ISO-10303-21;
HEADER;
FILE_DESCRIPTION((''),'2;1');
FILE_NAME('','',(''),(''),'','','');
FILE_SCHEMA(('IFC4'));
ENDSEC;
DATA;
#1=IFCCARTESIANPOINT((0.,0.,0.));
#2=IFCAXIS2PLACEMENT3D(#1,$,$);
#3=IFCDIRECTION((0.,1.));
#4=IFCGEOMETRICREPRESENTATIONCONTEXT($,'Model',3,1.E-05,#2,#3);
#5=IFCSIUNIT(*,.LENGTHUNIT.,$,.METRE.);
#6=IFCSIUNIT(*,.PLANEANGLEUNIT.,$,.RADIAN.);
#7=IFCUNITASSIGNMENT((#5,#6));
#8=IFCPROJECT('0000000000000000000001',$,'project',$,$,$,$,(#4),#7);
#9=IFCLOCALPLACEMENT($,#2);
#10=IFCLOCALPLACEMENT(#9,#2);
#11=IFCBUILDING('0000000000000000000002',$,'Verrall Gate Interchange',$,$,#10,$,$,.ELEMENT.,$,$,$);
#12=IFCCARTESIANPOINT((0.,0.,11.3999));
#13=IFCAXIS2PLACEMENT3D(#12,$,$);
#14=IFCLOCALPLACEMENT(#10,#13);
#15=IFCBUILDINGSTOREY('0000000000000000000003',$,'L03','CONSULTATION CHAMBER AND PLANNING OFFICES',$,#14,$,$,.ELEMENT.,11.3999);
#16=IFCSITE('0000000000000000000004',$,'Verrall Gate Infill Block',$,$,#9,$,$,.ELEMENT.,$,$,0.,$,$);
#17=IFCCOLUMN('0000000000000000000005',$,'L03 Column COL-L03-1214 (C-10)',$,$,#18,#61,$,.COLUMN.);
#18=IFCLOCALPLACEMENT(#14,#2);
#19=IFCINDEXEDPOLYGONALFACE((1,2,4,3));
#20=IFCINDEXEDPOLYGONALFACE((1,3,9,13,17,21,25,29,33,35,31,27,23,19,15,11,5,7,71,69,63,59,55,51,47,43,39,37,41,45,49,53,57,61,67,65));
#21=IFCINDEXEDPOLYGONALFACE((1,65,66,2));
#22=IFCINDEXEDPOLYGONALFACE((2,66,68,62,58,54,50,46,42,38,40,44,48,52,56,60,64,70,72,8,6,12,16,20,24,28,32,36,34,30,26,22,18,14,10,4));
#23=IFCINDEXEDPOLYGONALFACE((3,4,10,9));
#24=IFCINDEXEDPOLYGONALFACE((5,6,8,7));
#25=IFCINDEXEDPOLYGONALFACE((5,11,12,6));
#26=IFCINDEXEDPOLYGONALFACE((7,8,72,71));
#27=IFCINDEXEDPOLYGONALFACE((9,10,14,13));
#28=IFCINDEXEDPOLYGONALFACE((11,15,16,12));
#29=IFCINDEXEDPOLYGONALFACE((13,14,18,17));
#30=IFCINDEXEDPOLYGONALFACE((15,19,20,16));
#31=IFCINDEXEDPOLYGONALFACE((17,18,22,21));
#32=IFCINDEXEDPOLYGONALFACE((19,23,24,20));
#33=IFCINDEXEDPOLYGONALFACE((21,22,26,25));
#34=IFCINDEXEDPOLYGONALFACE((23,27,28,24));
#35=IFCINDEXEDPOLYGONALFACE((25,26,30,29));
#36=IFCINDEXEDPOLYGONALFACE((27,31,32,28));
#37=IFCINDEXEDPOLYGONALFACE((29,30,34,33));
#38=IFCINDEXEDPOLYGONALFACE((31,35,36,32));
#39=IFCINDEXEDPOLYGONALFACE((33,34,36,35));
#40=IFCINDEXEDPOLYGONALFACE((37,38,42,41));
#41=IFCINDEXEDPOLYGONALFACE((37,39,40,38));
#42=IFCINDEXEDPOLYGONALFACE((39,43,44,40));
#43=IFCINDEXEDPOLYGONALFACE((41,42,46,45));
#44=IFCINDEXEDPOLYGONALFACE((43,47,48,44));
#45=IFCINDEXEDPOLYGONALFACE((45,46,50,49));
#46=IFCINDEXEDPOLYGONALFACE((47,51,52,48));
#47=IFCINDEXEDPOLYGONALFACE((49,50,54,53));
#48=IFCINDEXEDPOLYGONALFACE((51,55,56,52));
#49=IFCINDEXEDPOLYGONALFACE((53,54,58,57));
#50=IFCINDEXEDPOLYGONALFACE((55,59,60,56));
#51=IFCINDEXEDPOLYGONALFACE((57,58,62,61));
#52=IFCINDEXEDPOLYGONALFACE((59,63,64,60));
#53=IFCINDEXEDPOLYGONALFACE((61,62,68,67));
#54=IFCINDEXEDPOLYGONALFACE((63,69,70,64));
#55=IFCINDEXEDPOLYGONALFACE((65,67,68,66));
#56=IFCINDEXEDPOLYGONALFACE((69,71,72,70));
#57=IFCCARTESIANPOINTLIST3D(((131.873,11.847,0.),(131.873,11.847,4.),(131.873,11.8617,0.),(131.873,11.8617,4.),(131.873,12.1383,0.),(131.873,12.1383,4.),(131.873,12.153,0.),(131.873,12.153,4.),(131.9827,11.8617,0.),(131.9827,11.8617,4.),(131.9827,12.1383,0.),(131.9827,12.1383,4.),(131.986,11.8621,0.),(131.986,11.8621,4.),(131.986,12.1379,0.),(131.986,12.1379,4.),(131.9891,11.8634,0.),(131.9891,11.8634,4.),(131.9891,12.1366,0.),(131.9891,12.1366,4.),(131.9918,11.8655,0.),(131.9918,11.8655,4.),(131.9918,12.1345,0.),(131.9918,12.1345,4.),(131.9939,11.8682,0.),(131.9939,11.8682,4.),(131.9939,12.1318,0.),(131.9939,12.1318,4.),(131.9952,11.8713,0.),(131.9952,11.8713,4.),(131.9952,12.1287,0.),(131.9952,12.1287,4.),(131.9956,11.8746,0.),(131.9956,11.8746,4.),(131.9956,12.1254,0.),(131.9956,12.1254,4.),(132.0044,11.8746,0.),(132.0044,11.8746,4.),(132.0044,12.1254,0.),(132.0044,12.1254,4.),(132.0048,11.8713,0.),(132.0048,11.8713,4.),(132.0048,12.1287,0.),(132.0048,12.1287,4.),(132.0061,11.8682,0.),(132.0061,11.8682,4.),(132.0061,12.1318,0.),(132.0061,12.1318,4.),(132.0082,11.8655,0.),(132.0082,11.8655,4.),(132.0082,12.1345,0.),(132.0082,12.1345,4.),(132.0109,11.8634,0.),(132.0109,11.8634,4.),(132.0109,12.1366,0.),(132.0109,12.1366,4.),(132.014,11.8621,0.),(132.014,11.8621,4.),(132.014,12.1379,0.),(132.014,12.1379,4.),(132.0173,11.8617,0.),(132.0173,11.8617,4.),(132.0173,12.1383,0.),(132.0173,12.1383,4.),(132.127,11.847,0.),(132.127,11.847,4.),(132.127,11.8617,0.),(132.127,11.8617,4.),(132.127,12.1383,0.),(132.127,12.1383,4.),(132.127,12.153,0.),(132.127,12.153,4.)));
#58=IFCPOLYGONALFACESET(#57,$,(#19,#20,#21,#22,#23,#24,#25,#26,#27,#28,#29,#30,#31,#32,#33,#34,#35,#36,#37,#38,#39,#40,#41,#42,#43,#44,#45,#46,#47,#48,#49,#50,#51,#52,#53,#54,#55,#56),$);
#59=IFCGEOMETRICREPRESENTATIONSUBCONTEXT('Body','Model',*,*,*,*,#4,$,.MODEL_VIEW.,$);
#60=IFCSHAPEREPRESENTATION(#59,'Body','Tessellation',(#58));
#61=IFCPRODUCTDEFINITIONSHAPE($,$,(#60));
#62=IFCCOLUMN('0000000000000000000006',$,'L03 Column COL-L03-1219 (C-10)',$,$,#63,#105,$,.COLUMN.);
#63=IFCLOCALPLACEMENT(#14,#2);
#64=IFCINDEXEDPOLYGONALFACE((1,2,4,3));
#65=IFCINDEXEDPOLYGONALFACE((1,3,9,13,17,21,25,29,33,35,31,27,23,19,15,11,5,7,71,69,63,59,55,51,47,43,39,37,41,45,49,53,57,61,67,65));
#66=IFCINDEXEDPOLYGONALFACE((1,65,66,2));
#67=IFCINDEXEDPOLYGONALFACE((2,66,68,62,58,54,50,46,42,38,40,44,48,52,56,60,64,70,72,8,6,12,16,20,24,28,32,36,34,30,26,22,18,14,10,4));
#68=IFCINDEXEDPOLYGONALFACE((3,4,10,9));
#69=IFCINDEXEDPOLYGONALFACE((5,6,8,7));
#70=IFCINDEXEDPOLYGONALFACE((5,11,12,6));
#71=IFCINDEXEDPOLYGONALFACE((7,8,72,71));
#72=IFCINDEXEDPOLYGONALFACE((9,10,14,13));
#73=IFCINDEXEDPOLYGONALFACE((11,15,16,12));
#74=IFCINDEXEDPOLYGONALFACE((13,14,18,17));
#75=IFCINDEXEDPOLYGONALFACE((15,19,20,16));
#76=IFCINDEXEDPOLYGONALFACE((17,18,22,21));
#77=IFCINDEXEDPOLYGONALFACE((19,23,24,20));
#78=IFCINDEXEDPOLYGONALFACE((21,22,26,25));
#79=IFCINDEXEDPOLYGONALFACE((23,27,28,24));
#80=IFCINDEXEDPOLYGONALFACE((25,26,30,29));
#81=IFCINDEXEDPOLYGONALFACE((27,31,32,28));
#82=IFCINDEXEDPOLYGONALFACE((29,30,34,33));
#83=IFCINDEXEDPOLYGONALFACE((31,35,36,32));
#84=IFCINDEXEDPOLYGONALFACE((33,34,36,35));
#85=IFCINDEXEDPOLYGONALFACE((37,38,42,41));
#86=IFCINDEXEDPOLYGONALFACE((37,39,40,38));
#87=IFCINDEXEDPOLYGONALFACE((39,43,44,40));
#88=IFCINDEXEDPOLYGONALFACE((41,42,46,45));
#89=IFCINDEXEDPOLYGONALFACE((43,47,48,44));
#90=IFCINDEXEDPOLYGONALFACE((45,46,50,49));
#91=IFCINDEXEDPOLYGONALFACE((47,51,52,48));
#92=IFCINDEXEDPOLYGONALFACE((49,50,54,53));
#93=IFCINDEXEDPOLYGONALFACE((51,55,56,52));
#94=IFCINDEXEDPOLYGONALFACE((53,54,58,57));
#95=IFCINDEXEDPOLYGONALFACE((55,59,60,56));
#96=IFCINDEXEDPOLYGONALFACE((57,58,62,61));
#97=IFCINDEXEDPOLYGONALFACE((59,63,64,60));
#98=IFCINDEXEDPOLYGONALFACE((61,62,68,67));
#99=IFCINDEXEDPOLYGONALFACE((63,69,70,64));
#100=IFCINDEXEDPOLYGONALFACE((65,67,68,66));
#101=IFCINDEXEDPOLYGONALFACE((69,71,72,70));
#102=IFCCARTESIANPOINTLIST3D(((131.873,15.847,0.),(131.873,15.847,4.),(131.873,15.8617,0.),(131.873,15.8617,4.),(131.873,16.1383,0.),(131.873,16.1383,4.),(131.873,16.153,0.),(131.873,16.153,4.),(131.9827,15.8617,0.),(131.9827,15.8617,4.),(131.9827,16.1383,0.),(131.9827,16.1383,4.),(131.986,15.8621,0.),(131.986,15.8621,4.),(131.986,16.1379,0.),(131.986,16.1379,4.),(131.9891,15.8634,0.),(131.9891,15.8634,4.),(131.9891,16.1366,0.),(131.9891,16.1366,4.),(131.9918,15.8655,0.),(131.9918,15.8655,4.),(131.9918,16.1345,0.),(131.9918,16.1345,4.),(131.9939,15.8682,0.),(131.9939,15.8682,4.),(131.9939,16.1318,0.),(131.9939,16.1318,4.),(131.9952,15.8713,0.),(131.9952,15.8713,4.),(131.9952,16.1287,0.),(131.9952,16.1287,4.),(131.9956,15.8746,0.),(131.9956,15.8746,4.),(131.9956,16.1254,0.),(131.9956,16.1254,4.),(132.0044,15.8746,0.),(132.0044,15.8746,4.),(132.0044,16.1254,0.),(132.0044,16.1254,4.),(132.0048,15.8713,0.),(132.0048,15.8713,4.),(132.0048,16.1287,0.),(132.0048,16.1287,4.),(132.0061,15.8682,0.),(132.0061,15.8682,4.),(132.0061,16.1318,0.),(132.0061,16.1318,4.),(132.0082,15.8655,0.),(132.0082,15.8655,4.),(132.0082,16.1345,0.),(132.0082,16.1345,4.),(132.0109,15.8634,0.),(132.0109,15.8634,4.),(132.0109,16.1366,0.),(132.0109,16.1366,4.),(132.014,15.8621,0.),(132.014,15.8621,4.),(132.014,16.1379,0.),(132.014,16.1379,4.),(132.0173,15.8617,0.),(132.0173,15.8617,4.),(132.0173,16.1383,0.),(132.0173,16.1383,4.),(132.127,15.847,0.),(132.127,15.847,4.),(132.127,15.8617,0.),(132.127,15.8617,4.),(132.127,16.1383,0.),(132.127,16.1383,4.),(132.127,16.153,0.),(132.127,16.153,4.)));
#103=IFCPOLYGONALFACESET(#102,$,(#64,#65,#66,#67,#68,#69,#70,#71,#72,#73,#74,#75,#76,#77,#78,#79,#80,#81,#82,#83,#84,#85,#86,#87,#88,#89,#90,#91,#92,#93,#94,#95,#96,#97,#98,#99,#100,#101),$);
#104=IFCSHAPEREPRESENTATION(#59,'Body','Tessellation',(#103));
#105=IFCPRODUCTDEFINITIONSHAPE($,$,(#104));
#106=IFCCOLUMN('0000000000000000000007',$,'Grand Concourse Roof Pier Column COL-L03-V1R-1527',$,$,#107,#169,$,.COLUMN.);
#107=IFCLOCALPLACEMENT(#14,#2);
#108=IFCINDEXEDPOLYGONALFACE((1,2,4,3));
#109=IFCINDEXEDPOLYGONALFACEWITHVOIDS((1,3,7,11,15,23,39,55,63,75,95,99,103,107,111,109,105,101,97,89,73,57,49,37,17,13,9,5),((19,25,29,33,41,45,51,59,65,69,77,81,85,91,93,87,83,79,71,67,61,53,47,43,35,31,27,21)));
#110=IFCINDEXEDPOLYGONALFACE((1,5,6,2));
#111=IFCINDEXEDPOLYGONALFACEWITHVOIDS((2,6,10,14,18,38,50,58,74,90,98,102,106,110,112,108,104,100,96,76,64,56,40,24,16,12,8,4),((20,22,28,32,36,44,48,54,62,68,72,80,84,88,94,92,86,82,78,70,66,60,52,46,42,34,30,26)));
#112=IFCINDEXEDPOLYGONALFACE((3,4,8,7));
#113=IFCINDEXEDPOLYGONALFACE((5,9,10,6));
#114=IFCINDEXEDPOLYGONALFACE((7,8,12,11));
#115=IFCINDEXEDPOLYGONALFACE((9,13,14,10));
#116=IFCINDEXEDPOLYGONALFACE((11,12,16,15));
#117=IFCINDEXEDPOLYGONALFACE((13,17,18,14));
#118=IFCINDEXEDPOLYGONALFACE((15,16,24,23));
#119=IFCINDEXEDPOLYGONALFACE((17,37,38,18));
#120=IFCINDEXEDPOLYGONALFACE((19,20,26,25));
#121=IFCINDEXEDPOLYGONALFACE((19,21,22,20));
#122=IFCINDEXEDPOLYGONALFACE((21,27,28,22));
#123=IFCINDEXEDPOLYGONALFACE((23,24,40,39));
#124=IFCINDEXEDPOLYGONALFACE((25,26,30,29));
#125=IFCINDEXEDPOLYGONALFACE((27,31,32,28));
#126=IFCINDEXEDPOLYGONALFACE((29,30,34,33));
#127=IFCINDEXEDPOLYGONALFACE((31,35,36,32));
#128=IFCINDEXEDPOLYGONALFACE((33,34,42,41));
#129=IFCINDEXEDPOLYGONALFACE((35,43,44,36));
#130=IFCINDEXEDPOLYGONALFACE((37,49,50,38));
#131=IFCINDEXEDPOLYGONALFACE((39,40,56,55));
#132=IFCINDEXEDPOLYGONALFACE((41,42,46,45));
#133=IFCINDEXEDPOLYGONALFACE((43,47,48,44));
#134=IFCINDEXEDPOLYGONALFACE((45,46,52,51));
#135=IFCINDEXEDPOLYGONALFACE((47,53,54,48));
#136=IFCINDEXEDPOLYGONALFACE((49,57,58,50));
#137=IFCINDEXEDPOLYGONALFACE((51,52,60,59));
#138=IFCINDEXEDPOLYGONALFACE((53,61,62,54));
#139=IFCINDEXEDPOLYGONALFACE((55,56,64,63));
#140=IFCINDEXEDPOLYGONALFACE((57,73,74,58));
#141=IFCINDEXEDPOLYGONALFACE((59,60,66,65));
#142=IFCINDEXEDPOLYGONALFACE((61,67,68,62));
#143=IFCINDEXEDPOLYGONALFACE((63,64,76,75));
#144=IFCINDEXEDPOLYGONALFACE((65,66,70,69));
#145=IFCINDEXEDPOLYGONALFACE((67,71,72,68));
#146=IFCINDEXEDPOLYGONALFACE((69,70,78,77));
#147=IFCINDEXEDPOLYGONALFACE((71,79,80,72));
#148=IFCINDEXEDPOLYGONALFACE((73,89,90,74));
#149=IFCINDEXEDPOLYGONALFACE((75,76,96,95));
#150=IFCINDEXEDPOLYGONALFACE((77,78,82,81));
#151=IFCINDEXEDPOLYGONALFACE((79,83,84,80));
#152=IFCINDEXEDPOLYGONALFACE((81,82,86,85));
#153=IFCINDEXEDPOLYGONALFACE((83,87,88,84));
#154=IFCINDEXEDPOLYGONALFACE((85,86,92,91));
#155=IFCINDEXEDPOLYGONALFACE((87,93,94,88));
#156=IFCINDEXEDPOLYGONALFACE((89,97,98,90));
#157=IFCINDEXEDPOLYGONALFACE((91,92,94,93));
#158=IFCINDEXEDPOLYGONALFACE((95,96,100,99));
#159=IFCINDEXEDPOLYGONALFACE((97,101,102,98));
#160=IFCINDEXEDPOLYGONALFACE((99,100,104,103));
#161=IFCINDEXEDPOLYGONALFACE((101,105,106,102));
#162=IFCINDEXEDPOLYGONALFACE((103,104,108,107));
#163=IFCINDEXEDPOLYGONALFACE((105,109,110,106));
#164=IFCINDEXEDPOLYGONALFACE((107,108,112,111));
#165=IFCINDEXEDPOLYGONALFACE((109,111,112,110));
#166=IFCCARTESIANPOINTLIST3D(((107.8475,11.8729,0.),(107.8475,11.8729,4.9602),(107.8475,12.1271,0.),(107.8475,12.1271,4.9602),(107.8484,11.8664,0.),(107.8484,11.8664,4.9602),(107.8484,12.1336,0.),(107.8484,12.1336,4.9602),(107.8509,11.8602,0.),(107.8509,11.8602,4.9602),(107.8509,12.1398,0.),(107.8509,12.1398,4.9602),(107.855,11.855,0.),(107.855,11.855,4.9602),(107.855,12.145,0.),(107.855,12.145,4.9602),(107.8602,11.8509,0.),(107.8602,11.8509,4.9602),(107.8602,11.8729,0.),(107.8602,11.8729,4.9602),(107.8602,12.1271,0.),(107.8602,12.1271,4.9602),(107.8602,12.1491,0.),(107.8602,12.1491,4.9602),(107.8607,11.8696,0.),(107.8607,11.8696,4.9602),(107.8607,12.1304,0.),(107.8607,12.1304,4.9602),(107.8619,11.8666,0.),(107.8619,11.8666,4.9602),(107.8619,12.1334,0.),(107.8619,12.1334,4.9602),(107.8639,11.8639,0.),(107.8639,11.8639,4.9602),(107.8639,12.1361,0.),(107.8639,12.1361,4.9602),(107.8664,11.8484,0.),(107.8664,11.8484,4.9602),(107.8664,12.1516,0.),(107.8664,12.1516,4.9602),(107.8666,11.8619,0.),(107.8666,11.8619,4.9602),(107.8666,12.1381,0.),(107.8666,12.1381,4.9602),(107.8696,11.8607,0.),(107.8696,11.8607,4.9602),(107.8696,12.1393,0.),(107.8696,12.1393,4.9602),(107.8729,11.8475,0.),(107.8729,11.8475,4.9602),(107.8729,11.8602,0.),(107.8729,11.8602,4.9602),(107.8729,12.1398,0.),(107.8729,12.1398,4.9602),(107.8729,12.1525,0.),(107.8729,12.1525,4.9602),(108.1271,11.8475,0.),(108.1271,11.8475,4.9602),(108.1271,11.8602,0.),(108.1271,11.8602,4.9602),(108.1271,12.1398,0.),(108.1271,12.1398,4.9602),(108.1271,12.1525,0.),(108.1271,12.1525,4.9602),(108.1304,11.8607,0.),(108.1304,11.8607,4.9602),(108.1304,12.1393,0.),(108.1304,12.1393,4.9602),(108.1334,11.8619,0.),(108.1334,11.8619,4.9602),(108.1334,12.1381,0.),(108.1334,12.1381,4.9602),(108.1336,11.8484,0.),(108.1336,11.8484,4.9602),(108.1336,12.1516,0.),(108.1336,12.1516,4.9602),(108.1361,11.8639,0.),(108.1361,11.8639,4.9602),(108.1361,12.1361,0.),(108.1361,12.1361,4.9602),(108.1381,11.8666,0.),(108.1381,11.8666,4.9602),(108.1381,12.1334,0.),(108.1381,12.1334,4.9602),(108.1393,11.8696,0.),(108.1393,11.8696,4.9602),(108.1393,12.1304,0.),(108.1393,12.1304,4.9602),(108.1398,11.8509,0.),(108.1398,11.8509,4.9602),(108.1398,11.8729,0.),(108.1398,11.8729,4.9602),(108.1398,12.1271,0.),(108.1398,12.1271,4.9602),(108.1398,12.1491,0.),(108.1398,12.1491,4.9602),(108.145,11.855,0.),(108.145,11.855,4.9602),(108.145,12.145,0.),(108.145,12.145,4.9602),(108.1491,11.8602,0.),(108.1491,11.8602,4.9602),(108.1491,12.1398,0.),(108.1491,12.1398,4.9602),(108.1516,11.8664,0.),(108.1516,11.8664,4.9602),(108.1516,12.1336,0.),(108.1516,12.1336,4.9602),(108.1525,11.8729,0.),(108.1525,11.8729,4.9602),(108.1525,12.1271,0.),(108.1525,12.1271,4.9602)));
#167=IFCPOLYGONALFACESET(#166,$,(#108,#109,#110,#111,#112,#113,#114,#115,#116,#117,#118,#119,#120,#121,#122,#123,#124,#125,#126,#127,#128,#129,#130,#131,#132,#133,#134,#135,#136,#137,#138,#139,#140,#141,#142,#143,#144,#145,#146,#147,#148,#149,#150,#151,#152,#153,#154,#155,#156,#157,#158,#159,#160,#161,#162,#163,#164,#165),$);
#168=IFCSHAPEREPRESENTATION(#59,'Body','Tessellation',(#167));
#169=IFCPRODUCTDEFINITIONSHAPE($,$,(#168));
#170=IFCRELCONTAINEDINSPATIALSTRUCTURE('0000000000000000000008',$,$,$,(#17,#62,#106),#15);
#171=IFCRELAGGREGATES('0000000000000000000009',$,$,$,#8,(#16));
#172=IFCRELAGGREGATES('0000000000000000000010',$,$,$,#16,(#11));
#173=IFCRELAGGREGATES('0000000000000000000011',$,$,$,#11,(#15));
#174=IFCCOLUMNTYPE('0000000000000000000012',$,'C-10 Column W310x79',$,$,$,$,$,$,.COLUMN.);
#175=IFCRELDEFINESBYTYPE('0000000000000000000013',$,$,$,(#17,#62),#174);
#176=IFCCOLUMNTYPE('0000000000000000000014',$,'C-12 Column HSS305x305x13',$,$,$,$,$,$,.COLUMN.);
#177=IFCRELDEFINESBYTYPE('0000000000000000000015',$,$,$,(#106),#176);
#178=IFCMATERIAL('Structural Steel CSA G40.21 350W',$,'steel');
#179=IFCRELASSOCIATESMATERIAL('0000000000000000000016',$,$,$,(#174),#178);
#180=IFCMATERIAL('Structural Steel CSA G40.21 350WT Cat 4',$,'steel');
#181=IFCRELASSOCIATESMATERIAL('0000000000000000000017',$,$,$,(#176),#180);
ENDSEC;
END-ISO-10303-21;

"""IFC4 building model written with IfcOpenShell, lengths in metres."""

from ifc_helpers import new_model, si_unit, direction, frame, origin, origin_2d, place, context, subcontext, project, spatial, hollow_rectangle, i_section, extrude, material, material_profile, profile_set, type_object, element, save


model = new_model("IFC4")

# Units and contexts
model_context = context("Model", 3, precision=1e-05, world=origin(), true_north=direction((0.0, 1.0)))
body_context = subcontext(model_context, "Body", "Model", "MODEL_VIEW")
ifc_project = project(units=[si_unit("LENGTHUNIT", "METRE"), si_unit("PLANEANGLEUNIT", "RADIAN")], contexts=[model_context])

# Site, building, storey
site_placement = place(None, origin())
site = spatial("IfcSite", under=ifc_project, at=site_placement, Name="Verrall Gate Infill Block", CompositionType="ELEMENT", RefElevation=0.0)
building_placement = place(site_placement, origin())
building = spatial("IfcBuilding", under=site, at=building_placement, Name="Verrall Gate Interchange", CompositionType="ELEMENT")
storey_placement = place(building_placement, frame((0.0, 0.0, 11.3999)))
storey = spatial("IfcBuildingStorey", under=building, at=storey_placement, Name="L03", Description="CONSULTATION CHAMBER AND PLANNING OFFICES", CompositionType="ELEMENT", Elevation=11.3999)

# Columns
ifc_material_1 = material(Name="Structural Steel CSA G40.21 350W", Category="steel")
ifc_material_profile_1 = material_profile(ifc_material_1, i_section(OverallWidth=0.2539, OverallDepth=0.3059, WebThickness=0.0088, FlangeThickness=0.0146, FilletRadius=0.0129, at=origin_2d()), Name="W310x79")
ifc_profile_set_1 = profile_set([ifc_material_profile_1], Name="Structural Steel CSA G40.21 350W")
column_type_1 = type_object("IfcColumnType", Name="C-10 Column W310x79", PredefinedType="COLUMN", material=ifc_profile_set_1)
for number, where, z_axis, x_axis, name in (
    (1, (132.0, 12.0, 0.0), (0.0, 0.0, 1.0), (1.0, 0.0, 0.0), "L03 Column COL-L03-1214 (C-10)"),
    (2, (132.0, 16.0, 0.0), (0.0, 0.0, 1.0), (1.0, 0.0, 0.0), "L03 Column COL-L03-1219 (C-10)"),
):
    element("IfcColumn", number, at=place(storey_placement, frame(where, z_axis=z_axis, x_axis=x_axis)), inside=storey, type_object=column_type_1, Name=name, PredefinedType="COLUMN", context=body_context, shape_type="SweptSolid", body=[
        extrude(i_section(OverallWidth=0.2539, OverallDepth=0.3059, WebThickness=0.0088, FlangeThickness=0.0146, FilletRadius=0.0129, at=origin_2d()), origin(), (0.0, 0.0, 1.0), 4.0),
    ])
ifc_material_2 = material(Name="Structural Steel CSA G40.21 350WT Cat 4", Category="steel")
ifc_material_profile_2 = material_profile(ifc_material_2, hollow_rectangle(XDim=0.3049, YDim=0.3049, WallThickness=0.0127, InnerFilletRadius=0.0127, OuterFilletRadius=0.0254, at=origin_2d()), Name="HSS305x305x13")
ifc_profile_set_2 = profile_set([ifc_material_profile_2], Name="Structural Steel CSA G40.21 350WT Cat 4")
column_type_2 = type_object("IfcColumnType", Name="C-12 Column HSS305x305x13", PredefinedType="COLUMN", material=ifc_profile_set_2)
column_placement = place(storey_placement, frame((108.0, 12.0, 0.0), z_axis=(0.0, 0.0, 1.0), x_axis=(1.0, 0.0, 0.0)))
element("IfcColumn", 3, at=column_placement, inside=storey, type_object=column_type_2, Name="Grand Concourse Roof Pier Column COL-L03-V1R-1527", PredefinedType="COLUMN", context=body_context, shape_type="SweptSolid", body=[
    extrude(hollow_rectangle(XDim=0.3049, YDim=0.3049, WallThickness=0.0127, InnerFilletRadius=0.0127, OuterFilletRadius=0.0254, at=origin_2d()), origin(), (0.0, 0.0, 1.0), 4.9602),
])

save(model, "model.ifc")
